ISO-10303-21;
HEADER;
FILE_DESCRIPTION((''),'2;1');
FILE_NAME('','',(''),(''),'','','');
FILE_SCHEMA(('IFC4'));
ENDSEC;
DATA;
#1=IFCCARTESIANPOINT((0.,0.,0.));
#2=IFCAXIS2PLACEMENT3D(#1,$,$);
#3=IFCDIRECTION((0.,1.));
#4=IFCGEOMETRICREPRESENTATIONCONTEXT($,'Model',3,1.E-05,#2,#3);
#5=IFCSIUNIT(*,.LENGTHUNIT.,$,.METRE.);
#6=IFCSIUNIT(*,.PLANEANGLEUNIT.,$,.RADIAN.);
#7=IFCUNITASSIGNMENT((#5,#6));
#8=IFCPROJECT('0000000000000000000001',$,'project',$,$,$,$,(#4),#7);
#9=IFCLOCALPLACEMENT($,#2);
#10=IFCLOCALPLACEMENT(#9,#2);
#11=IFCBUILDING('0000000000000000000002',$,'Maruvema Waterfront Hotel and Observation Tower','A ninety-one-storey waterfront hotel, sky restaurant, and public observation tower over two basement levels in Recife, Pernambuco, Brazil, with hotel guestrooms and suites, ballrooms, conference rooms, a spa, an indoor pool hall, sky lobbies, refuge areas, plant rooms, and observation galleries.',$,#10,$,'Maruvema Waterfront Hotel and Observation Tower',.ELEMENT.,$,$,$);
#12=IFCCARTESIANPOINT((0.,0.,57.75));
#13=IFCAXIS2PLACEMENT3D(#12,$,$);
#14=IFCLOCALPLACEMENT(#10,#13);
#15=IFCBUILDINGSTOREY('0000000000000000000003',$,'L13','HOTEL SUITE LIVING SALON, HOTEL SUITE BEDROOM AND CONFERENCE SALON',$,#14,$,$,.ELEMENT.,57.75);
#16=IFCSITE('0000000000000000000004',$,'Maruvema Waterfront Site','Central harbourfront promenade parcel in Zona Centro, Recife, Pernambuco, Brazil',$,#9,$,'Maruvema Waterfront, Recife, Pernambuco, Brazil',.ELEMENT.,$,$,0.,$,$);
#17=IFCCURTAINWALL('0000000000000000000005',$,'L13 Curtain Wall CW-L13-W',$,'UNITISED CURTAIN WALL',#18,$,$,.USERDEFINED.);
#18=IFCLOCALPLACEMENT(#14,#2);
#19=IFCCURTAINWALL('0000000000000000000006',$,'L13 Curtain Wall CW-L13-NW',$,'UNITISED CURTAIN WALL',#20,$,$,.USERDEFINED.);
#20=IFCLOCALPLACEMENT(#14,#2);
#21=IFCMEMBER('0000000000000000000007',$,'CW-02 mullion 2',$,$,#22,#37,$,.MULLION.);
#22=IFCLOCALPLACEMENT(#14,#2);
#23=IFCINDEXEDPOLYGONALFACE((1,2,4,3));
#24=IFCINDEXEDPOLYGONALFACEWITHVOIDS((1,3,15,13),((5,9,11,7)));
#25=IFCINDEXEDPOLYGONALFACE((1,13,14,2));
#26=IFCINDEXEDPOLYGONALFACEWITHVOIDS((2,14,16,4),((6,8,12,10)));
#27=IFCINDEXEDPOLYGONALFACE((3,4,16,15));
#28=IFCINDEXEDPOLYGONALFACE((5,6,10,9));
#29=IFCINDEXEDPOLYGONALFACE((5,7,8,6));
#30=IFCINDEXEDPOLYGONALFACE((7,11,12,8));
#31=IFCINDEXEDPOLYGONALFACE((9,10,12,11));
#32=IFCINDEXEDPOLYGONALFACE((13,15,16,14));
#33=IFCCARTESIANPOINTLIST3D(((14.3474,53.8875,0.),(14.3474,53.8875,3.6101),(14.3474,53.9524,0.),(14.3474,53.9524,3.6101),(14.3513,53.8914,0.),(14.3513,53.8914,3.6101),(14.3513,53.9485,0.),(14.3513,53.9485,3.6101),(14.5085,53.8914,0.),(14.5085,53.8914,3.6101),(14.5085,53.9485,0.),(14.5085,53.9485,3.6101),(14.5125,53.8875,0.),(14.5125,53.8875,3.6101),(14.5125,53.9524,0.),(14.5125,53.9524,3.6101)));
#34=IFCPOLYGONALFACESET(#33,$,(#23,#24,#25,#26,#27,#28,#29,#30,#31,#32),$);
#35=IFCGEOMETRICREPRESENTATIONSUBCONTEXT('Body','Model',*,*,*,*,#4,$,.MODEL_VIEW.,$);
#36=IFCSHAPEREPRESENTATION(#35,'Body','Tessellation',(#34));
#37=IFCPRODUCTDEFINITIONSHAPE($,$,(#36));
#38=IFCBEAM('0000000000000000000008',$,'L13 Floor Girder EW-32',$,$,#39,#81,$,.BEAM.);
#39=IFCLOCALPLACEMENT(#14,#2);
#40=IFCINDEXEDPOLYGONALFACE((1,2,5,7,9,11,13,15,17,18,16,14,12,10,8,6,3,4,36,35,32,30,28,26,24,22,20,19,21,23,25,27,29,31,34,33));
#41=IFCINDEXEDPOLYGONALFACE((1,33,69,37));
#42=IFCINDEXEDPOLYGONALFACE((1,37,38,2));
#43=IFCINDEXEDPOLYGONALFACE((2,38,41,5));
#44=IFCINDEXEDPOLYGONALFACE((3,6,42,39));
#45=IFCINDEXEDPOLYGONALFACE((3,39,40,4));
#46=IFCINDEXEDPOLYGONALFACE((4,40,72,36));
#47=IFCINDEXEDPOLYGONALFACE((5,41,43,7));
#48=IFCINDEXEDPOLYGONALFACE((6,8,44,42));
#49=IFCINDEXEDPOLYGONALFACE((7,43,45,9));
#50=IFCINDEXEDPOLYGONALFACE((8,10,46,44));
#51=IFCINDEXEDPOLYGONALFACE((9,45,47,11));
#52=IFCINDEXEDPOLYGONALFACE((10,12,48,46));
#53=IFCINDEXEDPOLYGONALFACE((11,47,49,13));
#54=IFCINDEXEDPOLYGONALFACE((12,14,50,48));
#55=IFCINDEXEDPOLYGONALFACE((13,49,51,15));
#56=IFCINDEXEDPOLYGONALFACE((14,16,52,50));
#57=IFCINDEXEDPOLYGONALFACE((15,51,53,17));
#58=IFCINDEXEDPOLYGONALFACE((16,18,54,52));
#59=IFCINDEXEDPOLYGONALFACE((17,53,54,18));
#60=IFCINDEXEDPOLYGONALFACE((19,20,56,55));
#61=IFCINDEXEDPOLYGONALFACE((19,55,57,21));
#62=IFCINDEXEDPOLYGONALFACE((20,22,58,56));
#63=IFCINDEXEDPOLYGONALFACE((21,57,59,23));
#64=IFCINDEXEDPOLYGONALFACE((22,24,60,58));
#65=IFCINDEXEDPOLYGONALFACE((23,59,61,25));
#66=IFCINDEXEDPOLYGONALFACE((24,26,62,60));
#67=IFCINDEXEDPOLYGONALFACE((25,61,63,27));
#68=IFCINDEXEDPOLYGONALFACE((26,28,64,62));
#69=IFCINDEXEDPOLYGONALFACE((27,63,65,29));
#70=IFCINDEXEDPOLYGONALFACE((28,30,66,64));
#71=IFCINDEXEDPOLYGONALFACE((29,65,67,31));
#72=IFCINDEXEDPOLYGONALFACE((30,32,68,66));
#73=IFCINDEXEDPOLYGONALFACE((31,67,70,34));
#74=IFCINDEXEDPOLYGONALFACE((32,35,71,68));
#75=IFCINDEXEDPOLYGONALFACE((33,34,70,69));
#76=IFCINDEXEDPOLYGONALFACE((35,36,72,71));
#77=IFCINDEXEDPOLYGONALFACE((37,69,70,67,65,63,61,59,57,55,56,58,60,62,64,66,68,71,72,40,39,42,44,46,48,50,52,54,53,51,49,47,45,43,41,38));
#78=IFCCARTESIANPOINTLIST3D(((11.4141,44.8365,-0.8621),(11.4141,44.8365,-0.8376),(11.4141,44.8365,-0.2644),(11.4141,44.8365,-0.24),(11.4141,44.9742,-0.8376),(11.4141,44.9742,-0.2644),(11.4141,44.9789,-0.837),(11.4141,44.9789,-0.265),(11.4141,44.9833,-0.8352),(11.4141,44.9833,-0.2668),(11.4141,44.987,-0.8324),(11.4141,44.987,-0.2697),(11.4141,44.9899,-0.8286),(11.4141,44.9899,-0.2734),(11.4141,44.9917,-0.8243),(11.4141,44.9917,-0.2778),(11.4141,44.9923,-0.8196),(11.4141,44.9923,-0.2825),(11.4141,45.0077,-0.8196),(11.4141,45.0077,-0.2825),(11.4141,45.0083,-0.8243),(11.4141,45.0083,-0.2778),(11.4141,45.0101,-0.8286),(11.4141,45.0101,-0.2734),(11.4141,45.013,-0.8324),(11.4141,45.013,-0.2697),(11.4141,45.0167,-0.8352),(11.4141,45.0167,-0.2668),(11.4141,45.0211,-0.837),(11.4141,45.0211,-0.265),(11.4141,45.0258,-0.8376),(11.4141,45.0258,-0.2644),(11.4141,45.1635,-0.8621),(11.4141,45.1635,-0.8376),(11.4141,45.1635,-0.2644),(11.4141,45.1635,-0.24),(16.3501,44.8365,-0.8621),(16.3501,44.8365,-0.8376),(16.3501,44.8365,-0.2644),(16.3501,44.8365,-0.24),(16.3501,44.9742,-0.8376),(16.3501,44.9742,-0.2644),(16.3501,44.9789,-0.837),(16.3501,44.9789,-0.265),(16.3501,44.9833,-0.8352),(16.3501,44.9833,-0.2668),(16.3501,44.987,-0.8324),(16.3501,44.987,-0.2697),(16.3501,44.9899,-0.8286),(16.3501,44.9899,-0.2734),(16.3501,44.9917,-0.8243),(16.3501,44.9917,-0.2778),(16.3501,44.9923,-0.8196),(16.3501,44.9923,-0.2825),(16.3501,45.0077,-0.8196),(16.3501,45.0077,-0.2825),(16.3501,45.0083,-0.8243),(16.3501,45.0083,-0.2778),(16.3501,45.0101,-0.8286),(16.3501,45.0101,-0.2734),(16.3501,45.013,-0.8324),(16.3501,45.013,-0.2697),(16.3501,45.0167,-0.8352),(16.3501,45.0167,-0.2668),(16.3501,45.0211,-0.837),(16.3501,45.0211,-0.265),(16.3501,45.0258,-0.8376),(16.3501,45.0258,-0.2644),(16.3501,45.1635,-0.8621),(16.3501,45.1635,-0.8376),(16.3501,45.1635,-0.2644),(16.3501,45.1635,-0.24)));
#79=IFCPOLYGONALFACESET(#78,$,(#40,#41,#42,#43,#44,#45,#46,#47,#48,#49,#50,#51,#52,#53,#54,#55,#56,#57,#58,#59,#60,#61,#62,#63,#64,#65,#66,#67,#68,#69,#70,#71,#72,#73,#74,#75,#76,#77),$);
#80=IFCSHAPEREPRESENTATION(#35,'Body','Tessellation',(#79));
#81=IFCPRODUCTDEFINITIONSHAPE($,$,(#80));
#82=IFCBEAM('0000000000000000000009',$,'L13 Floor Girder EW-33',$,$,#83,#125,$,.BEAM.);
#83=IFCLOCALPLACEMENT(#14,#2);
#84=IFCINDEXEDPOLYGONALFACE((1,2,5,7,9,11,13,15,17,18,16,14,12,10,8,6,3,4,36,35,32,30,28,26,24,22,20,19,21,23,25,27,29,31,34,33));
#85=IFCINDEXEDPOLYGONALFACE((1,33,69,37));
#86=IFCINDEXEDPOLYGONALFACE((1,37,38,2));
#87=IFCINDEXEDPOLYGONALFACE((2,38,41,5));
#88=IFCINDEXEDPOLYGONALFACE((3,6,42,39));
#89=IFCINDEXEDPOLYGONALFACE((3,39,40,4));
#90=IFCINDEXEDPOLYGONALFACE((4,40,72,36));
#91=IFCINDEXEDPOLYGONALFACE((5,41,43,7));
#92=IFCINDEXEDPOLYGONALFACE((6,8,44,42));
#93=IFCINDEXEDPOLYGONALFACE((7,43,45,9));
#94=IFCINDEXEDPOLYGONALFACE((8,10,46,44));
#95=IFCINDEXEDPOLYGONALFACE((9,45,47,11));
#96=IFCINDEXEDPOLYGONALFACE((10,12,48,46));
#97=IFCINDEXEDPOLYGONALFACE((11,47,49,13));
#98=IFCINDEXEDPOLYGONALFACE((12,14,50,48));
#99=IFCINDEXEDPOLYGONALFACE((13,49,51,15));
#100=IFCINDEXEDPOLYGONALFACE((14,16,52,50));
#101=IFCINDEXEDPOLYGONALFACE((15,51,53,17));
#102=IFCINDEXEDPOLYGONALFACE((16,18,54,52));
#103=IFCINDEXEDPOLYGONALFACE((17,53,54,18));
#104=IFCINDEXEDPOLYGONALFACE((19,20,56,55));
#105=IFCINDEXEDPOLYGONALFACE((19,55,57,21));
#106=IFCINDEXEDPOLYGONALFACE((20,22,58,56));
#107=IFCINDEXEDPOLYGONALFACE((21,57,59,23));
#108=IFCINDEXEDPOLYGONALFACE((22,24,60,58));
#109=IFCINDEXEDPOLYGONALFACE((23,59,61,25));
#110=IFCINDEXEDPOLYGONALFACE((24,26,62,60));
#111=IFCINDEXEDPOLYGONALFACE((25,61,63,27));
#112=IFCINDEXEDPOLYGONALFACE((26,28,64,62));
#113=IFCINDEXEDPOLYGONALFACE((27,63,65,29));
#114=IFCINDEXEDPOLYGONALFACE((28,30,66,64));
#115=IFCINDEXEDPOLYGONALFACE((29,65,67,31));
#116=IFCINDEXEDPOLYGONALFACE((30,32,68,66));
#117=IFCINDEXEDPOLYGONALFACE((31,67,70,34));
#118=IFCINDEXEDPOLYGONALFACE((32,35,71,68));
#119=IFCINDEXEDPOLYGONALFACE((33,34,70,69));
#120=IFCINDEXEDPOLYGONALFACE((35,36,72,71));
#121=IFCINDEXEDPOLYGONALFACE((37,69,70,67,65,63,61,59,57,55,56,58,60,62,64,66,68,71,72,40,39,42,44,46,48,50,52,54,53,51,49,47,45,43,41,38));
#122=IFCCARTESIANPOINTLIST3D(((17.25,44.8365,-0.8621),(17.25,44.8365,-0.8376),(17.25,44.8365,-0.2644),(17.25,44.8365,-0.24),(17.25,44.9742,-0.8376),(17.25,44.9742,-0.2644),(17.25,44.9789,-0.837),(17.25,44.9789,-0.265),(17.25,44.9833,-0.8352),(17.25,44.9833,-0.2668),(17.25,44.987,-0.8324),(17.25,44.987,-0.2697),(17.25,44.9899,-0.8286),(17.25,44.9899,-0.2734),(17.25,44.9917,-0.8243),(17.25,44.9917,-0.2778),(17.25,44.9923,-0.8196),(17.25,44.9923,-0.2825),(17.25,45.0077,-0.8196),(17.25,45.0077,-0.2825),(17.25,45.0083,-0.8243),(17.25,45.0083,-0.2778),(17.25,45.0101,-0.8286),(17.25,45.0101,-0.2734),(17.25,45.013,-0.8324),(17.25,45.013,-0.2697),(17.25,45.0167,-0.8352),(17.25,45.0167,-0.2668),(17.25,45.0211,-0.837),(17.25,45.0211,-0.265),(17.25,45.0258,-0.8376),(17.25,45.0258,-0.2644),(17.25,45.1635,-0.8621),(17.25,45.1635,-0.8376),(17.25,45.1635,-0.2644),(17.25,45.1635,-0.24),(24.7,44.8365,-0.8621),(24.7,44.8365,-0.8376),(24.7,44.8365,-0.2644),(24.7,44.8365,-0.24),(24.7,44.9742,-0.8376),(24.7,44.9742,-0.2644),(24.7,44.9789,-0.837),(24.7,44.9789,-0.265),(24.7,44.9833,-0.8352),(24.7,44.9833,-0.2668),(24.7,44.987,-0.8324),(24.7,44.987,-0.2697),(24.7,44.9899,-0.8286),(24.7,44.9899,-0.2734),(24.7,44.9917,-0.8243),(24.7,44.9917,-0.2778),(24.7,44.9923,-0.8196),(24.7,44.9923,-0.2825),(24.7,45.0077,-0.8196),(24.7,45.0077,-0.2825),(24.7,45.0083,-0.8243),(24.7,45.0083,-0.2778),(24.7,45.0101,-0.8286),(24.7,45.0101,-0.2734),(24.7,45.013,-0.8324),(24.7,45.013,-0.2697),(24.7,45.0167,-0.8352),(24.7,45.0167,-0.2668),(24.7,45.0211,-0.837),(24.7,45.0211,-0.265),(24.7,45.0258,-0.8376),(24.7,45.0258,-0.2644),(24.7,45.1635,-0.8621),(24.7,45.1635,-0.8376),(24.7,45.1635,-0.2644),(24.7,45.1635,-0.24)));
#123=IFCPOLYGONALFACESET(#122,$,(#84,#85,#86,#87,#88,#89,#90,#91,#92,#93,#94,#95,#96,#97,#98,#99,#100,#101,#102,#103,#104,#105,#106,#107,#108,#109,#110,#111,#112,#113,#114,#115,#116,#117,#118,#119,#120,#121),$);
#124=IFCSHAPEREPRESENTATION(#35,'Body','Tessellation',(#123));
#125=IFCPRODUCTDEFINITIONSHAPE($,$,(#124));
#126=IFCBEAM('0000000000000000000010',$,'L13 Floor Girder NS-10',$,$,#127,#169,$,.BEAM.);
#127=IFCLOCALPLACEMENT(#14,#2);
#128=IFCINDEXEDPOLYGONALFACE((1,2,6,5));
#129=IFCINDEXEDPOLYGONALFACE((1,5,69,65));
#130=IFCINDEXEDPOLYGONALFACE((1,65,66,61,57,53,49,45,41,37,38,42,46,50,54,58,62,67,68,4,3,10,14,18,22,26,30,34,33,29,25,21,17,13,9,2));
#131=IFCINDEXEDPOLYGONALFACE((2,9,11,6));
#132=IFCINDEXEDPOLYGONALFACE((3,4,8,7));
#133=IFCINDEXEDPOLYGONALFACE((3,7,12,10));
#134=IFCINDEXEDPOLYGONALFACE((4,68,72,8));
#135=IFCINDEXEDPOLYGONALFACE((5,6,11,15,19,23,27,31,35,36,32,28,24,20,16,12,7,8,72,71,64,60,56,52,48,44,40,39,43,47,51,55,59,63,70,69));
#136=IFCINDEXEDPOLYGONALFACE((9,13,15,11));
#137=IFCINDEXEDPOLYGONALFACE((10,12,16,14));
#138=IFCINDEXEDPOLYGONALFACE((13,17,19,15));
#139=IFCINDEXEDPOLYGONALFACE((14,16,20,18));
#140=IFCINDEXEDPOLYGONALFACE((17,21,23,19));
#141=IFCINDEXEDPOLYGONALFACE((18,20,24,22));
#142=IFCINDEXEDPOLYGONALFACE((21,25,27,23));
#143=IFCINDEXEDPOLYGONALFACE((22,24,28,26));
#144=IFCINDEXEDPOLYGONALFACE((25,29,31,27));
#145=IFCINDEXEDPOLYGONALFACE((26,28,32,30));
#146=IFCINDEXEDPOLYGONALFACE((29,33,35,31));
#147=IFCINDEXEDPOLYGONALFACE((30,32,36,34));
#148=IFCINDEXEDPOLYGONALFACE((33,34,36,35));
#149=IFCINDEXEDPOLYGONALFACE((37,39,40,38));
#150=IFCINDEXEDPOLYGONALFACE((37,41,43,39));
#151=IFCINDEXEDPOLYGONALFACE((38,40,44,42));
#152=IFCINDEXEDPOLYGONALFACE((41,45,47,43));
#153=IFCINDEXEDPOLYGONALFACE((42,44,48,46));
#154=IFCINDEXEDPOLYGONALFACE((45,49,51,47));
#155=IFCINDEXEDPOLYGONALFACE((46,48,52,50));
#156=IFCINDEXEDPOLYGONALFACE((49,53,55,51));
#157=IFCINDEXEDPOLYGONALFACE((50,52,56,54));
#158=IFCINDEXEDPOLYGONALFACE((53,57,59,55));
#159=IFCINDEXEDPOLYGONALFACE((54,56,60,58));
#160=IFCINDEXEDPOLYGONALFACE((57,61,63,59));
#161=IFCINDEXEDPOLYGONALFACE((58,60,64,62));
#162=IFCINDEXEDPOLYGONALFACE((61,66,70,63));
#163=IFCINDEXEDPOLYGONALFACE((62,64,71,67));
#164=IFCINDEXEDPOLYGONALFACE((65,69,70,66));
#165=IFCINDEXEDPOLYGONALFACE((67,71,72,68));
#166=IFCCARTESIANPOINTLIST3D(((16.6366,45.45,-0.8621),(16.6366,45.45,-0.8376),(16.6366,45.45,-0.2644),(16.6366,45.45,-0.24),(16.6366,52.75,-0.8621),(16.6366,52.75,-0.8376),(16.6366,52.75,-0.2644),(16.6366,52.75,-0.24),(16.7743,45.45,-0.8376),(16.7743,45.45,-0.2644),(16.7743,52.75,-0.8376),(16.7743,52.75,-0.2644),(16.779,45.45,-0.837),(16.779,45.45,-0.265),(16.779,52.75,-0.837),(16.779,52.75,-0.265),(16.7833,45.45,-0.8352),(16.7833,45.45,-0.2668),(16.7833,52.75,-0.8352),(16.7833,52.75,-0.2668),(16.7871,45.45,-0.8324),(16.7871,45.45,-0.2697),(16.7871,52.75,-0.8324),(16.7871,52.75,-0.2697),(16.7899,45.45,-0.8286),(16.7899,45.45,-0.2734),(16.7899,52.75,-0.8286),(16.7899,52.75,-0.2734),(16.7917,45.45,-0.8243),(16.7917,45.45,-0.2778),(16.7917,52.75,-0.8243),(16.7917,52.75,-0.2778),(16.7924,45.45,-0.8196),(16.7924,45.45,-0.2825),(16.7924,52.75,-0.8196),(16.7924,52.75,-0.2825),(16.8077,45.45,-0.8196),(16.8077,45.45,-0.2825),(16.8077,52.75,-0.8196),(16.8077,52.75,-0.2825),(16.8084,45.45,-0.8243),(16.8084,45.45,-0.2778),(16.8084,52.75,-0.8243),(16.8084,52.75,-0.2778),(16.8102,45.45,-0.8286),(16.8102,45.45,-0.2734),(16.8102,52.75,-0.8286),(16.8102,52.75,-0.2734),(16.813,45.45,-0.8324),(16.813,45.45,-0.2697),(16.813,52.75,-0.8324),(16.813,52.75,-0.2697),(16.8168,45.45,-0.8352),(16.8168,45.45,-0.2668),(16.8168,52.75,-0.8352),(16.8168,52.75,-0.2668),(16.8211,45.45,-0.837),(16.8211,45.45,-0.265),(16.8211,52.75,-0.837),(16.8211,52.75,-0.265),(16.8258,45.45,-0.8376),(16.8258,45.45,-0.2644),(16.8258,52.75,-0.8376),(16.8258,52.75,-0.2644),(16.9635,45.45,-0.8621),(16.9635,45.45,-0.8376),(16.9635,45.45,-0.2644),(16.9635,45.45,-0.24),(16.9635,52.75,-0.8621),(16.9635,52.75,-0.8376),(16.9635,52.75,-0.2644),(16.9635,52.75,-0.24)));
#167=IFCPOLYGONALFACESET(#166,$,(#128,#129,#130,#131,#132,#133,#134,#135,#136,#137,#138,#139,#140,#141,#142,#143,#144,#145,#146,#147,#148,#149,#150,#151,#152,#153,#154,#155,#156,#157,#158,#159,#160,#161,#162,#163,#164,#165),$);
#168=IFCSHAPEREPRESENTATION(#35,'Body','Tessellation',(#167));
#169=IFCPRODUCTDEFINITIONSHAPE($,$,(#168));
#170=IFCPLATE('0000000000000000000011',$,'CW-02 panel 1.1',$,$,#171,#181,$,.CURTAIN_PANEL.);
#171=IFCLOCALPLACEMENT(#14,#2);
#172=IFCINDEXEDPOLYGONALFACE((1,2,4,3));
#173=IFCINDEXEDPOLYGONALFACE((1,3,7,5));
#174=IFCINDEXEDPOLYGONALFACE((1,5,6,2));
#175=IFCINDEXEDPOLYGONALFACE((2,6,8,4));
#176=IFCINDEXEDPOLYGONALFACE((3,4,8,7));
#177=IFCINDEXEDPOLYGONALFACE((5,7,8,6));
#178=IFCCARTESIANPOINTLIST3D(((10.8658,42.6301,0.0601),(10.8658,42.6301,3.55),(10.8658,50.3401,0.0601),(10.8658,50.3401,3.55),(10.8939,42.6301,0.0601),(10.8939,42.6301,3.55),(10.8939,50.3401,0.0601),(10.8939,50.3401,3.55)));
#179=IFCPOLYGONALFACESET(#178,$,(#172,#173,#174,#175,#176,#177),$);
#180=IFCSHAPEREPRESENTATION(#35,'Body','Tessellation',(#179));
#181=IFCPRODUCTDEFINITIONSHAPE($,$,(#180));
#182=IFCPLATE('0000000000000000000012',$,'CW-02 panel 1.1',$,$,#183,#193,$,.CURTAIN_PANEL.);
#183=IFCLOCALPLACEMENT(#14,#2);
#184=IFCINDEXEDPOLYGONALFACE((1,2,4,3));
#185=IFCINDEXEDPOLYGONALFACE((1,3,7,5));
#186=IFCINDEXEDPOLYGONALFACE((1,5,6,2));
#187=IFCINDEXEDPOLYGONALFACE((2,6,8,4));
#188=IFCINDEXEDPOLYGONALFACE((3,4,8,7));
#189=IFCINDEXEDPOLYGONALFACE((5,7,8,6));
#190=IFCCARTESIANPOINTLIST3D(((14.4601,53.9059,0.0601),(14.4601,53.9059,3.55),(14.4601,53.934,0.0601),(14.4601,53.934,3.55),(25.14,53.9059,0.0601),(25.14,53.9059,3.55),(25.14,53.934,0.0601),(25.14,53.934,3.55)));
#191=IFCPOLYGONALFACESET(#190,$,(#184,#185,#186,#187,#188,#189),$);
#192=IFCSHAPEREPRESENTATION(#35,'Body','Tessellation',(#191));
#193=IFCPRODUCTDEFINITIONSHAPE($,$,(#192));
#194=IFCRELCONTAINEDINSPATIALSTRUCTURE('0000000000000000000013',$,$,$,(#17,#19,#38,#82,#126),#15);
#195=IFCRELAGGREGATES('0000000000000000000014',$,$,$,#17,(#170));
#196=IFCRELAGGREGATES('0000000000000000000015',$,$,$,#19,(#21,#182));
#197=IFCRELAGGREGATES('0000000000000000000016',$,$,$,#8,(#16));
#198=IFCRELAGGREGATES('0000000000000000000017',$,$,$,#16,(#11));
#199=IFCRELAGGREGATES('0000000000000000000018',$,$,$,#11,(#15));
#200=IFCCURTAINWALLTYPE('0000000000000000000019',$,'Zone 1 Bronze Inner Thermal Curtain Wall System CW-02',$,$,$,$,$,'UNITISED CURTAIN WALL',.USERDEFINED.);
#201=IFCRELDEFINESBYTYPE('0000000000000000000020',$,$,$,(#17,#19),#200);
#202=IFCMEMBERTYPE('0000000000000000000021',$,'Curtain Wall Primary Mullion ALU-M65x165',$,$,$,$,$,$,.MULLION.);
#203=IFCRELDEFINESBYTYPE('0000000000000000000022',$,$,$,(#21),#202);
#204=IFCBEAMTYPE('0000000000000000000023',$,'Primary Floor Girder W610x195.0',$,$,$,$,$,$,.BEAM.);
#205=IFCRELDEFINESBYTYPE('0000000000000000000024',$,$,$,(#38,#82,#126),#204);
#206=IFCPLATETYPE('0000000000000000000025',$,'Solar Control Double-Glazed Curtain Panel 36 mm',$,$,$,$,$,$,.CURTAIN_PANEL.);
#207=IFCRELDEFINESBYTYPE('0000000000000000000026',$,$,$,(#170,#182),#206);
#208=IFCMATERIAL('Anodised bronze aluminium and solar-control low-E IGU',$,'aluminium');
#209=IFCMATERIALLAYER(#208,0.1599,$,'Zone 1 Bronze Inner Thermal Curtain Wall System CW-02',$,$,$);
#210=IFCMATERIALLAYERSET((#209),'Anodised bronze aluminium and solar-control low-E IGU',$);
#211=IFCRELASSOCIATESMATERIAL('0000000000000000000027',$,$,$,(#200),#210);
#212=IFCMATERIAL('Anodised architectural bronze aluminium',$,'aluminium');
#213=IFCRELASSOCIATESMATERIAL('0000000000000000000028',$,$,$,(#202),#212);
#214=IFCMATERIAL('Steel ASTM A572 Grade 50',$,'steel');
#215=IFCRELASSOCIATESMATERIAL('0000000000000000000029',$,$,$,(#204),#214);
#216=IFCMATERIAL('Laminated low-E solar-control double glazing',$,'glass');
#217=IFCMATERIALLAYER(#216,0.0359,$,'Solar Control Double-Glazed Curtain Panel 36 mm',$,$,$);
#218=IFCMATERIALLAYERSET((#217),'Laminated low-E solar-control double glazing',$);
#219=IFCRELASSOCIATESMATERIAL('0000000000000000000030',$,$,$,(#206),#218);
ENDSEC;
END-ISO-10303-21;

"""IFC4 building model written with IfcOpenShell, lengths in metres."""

from ifc_helpers import new_model, si_unit, direction, frame, origin, origin_2d, place, context, subcontext, project, spatial, rectangle, hollow_rectangle, i_section, extrude, material, layer, layer_set, material_profile, profile_set, type_object, element, aggregate, save


model = new_model("IFC4")

# Units and contexts
model_context = context("Model", 3, precision=1e-05, world=origin(), true_north=direction((0.0, 1.0)))
body_context = subcontext(model_context, "Body", "Model", "MODEL_VIEW")
ifc_project = project(units=[si_unit("LENGTHUNIT", "METRE"), si_unit("PLANEANGLEUNIT", "RADIAN")], contexts=[model_context])

# Site, building, storey
site_placement = place(None, origin())
site = spatial("IfcSite", under=ifc_project, at=site_placement, Name="Maruvema Waterfront Site", Description="Central harbourfront promenade parcel in Zona Centro, Recife, Pernambuco, Brazil", LongName="Maruvema Waterfront, Recife, Pernambuco, Brazil", CompositionType="ELEMENT", RefElevation=0.0)
building_placement = place(site_placement, origin())
building = spatial("IfcBuilding", under=site, at=building_placement, Name="Maruvema Waterfront Hotel and Observation Tower", Description="A ninety-one-storey waterfront hotel, sky restaurant, and public observation tower over two basement levels in Recife, Pernambuco, Brazil, with hotel guestrooms and suites, ballrooms, conference rooms, a spa, an indoor pool hall, sky lobbies, refuge areas, plant rooms, and observation galleries.", LongName="Maruvema Waterfront Hotel and Observation Tower", CompositionType="ELEMENT")
storey_placement = place(building_placement, frame((0.0, 0.0, 57.75)))
storey = spatial("IfcBuildingStorey", under=building, at=storey_placement, Name="L13", Description="HOTEL SUITE LIVING SALON, HOTEL SUITE BEDROOM AND CONFERENCE SALON", CompositionType="ELEMENT", Elevation=57.75)

# Curtain walls
ifc_material_1 = material(Name="Anodised bronze aluminium and solar-control low-E IGU", Category="aluminium")
ifc_layer_1 = layer(ifc_material_1, 0.1599, Name="Zone 1 Bronze Inner Thermal Curtain Wall System CW-02")
ifc_layer_set_1 = layer_set([ifc_layer_1], Name="Anodised bronze aluminium and solar-control low-E IGU")
curtain_wall_type = type_object("IfcCurtainWallType", Name="Zone 1 Bronze Inner Thermal Curtain Wall System CW-02", ElementType="UNITISED CURTAIN WALL", PredefinedType="USERDEFINED", material=ifc_layer_set_1)
curtain_wall_1_placement = place(storey_placement, origin())
curtain_wall_1 = element("IfcCurtainWall", 1, at=curtain_wall_1_placement, inside=storey, type_object=curtain_wall_type, Name="L13 Curtain Wall CW-L13-W", ObjectType="UNITISED CURTAIN WALL", PredefinedType="USERDEFINED")
curtain_wall_2_placement = place(storey_placement, origin())
curtain_wall_2 = element("IfcCurtainWall", 2, at=curtain_wall_2_placement, inside=storey, type_object=curtain_wall_type, Name="L13 Curtain Wall CW-L13-NW", ObjectType="UNITISED CURTAIN WALL", PredefinedType="USERDEFINED")

# Member
ifc_material_2 = material(Name="Anodised architectural bronze aluminium", Category="aluminium")
ifc_material_profile_1 = material_profile(ifc_material_2, hollow_rectangle(XDim=0.0649, YDim=0.165, WallThickness=0.0039, at=origin_2d()), Name="ALU-M65x165")
ifc_profile_set_1 = profile_set([ifc_material_profile_1], Name="Anodised architectural bronze aluminium")
member_type_1 = type_object("IfcMemberType", Name="Curtain Wall Primary Mullion ALU-M65x165", PredefinedType="MULLION", material=ifc_profile_set_1)
member_1_placement = place(storey_placement, frame((14.4299, 53.9199, 0.0), z_axis=(0.0, 0.0, 1.0), x_axis=(0.0, -1.0, 0.0)))
member_1 = element("IfcMember", 3, at=member_1_placement, type_object=member_type_1, Name="CW-02 mullion 2", PredefinedType="MULLION", context=body_context, shape_type="SweptSolid", body=[
    extrude(hollow_rectangle(XDim=0.0649, YDim=0.165, WallThickness=0.0039, at=origin_2d()), origin(), (0.0, 0.0, 1.0), 3.6101),
])

# Beams
ifc_material_3 = material(Name="Steel ASTM A572 Grade 50", Category="steel")
ifc_material_profile_2 = material_profile(ifc_material_3, i_section(OverallWidth=0.3269, OverallDepth=0.6221, WebThickness=0.0154, FlangeThickness=0.0244, FilletRadius=0.0181, at=origin_2d()), Name="W610x195.0")
ifc_profile_set_2 = profile_set([ifc_material_profile_2], Name="Steel ASTM A572 Grade 50")
beam_type = type_object("IfcBeamType", Name="Primary Floor Girder W610x195.0", PredefinedType="BEAM", material=ifc_profile_set_2)
beam_1_placement = place(storey_placement, frame((11.4141, 45.0, -0.551), z_axis=(1.0, 0.0, 0.0), x_axis=(0.0, 1.0, 0.0)))
element("IfcBeam", 4, at=beam_1_placement, inside=storey, type_object=beam_type, Name="L13 Floor Girder EW-32", PredefinedType="BEAM", context=body_context, shape_type="SweptSolid", body=[
    extrude(i_section(OverallWidth=0.3269, OverallDepth=0.6221, WebThickness=0.0154, FlangeThickness=0.0244, FilletRadius=0.0181, at=origin_2d()), origin(), (0.0, 0.0, 1.0), 4.936),
])
beam_2_placement = place(storey_placement, frame((17.25, 45.0, -0.551), z_axis=(1.0, 0.0, 0.0), x_axis=(0.0, 1.0, 0.0)))
element("IfcBeam", 5, at=beam_2_placement, inside=storey, type_object=beam_type, Name="L13 Floor Girder EW-33", PredefinedType="BEAM", context=body_context, shape_type="SweptSolid", body=[
    extrude(i_section(OverallWidth=0.3269, OverallDepth=0.6221, WebThickness=0.0154, FlangeThickness=0.0244, FilletRadius=0.0181, at=origin_2d()), origin(), (0.0, 0.0, 1.0), 7.45),
])
beam_3_placement = place(storey_placement, frame((16.8, 45.45, -0.551), z_axis=(0.0, 1.0, 0.0), x_axis=(-1.0, 0.0, 0.0)))
element("IfcBeam", 6, at=beam_3_placement, inside=storey, type_object=beam_type, Name="L13 Floor Girder NS-10", PredefinedType="BEAM", context=body_context, shape_type="SweptSolid", body=[
    extrude(i_section(OverallWidth=0.3269, OverallDepth=0.6221, WebThickness=0.0154, FlangeThickness=0.0244, FilletRadius=0.0181, at=origin_2d()), origin(), (0.0, 0.0, 1.0), 7.3),
])

# Plates
ifc_material_4 = material(Name="Laminated low-E solar-control double glazing", Category="glass")
ifc_layer_2 = layer(ifc_material_4, 0.0359, Name="Solar Control Double-Glazed Curtain Panel 36 mm")
ifc_layer_set_2 = layer_set([ifc_layer_2], Name="Laminated low-E solar-control double glazing")
plate_type_1 = type_object("IfcPlateType", Name="Solar Control Double-Glazed Curtain Panel 36 mm", PredefinedType="CURTAIN_PANEL", material=ifc_layer_set_2)
plate_1_placement = place(storey_placement, frame((10.8799, 46.4851, 0.0601), z_axis=(0.0, 0.0, 1.0), x_axis=(0.0, -1.0, 0.0)))
plate_1 = element("IfcPlate", 7, at=plate_1_placement, type_object=plate_type_1, Name="CW-02 panel 1.1", PredefinedType="CURTAIN_PANEL", context=body_context, shape_type="SweptSolid", body=[
    extrude(rectangle(XDim=7.71, YDim=0.0281, at=origin_2d()), origin(), (0.0, 0.0, 1.0), 3.49),
])
aggregate(curtain_wall_1, [plate_1])
plate_2_placement = place(storey_placement, frame((19.8, 53.9199, 0.0601), z_axis=(0.0, 0.0, 1.0), x_axis=(-1.0, 0.0, 0.0)))
plate_2 = element("IfcPlate", 8, at=plate_2_placement, type_object=plate_type_1, Name="CW-02 panel 1.1", PredefinedType="CURTAIN_PANEL", context=body_context, shape_type="SweptSolid", body=[
    extrude(rectangle(XDim=10.6799, YDim=0.0281, at=origin_2d()), origin(), (0.0, 0.0, 1.0), 3.49),
])
aggregate(curtain_wall_2, [member_1, plate_2])

save(model, "model.ifc")
